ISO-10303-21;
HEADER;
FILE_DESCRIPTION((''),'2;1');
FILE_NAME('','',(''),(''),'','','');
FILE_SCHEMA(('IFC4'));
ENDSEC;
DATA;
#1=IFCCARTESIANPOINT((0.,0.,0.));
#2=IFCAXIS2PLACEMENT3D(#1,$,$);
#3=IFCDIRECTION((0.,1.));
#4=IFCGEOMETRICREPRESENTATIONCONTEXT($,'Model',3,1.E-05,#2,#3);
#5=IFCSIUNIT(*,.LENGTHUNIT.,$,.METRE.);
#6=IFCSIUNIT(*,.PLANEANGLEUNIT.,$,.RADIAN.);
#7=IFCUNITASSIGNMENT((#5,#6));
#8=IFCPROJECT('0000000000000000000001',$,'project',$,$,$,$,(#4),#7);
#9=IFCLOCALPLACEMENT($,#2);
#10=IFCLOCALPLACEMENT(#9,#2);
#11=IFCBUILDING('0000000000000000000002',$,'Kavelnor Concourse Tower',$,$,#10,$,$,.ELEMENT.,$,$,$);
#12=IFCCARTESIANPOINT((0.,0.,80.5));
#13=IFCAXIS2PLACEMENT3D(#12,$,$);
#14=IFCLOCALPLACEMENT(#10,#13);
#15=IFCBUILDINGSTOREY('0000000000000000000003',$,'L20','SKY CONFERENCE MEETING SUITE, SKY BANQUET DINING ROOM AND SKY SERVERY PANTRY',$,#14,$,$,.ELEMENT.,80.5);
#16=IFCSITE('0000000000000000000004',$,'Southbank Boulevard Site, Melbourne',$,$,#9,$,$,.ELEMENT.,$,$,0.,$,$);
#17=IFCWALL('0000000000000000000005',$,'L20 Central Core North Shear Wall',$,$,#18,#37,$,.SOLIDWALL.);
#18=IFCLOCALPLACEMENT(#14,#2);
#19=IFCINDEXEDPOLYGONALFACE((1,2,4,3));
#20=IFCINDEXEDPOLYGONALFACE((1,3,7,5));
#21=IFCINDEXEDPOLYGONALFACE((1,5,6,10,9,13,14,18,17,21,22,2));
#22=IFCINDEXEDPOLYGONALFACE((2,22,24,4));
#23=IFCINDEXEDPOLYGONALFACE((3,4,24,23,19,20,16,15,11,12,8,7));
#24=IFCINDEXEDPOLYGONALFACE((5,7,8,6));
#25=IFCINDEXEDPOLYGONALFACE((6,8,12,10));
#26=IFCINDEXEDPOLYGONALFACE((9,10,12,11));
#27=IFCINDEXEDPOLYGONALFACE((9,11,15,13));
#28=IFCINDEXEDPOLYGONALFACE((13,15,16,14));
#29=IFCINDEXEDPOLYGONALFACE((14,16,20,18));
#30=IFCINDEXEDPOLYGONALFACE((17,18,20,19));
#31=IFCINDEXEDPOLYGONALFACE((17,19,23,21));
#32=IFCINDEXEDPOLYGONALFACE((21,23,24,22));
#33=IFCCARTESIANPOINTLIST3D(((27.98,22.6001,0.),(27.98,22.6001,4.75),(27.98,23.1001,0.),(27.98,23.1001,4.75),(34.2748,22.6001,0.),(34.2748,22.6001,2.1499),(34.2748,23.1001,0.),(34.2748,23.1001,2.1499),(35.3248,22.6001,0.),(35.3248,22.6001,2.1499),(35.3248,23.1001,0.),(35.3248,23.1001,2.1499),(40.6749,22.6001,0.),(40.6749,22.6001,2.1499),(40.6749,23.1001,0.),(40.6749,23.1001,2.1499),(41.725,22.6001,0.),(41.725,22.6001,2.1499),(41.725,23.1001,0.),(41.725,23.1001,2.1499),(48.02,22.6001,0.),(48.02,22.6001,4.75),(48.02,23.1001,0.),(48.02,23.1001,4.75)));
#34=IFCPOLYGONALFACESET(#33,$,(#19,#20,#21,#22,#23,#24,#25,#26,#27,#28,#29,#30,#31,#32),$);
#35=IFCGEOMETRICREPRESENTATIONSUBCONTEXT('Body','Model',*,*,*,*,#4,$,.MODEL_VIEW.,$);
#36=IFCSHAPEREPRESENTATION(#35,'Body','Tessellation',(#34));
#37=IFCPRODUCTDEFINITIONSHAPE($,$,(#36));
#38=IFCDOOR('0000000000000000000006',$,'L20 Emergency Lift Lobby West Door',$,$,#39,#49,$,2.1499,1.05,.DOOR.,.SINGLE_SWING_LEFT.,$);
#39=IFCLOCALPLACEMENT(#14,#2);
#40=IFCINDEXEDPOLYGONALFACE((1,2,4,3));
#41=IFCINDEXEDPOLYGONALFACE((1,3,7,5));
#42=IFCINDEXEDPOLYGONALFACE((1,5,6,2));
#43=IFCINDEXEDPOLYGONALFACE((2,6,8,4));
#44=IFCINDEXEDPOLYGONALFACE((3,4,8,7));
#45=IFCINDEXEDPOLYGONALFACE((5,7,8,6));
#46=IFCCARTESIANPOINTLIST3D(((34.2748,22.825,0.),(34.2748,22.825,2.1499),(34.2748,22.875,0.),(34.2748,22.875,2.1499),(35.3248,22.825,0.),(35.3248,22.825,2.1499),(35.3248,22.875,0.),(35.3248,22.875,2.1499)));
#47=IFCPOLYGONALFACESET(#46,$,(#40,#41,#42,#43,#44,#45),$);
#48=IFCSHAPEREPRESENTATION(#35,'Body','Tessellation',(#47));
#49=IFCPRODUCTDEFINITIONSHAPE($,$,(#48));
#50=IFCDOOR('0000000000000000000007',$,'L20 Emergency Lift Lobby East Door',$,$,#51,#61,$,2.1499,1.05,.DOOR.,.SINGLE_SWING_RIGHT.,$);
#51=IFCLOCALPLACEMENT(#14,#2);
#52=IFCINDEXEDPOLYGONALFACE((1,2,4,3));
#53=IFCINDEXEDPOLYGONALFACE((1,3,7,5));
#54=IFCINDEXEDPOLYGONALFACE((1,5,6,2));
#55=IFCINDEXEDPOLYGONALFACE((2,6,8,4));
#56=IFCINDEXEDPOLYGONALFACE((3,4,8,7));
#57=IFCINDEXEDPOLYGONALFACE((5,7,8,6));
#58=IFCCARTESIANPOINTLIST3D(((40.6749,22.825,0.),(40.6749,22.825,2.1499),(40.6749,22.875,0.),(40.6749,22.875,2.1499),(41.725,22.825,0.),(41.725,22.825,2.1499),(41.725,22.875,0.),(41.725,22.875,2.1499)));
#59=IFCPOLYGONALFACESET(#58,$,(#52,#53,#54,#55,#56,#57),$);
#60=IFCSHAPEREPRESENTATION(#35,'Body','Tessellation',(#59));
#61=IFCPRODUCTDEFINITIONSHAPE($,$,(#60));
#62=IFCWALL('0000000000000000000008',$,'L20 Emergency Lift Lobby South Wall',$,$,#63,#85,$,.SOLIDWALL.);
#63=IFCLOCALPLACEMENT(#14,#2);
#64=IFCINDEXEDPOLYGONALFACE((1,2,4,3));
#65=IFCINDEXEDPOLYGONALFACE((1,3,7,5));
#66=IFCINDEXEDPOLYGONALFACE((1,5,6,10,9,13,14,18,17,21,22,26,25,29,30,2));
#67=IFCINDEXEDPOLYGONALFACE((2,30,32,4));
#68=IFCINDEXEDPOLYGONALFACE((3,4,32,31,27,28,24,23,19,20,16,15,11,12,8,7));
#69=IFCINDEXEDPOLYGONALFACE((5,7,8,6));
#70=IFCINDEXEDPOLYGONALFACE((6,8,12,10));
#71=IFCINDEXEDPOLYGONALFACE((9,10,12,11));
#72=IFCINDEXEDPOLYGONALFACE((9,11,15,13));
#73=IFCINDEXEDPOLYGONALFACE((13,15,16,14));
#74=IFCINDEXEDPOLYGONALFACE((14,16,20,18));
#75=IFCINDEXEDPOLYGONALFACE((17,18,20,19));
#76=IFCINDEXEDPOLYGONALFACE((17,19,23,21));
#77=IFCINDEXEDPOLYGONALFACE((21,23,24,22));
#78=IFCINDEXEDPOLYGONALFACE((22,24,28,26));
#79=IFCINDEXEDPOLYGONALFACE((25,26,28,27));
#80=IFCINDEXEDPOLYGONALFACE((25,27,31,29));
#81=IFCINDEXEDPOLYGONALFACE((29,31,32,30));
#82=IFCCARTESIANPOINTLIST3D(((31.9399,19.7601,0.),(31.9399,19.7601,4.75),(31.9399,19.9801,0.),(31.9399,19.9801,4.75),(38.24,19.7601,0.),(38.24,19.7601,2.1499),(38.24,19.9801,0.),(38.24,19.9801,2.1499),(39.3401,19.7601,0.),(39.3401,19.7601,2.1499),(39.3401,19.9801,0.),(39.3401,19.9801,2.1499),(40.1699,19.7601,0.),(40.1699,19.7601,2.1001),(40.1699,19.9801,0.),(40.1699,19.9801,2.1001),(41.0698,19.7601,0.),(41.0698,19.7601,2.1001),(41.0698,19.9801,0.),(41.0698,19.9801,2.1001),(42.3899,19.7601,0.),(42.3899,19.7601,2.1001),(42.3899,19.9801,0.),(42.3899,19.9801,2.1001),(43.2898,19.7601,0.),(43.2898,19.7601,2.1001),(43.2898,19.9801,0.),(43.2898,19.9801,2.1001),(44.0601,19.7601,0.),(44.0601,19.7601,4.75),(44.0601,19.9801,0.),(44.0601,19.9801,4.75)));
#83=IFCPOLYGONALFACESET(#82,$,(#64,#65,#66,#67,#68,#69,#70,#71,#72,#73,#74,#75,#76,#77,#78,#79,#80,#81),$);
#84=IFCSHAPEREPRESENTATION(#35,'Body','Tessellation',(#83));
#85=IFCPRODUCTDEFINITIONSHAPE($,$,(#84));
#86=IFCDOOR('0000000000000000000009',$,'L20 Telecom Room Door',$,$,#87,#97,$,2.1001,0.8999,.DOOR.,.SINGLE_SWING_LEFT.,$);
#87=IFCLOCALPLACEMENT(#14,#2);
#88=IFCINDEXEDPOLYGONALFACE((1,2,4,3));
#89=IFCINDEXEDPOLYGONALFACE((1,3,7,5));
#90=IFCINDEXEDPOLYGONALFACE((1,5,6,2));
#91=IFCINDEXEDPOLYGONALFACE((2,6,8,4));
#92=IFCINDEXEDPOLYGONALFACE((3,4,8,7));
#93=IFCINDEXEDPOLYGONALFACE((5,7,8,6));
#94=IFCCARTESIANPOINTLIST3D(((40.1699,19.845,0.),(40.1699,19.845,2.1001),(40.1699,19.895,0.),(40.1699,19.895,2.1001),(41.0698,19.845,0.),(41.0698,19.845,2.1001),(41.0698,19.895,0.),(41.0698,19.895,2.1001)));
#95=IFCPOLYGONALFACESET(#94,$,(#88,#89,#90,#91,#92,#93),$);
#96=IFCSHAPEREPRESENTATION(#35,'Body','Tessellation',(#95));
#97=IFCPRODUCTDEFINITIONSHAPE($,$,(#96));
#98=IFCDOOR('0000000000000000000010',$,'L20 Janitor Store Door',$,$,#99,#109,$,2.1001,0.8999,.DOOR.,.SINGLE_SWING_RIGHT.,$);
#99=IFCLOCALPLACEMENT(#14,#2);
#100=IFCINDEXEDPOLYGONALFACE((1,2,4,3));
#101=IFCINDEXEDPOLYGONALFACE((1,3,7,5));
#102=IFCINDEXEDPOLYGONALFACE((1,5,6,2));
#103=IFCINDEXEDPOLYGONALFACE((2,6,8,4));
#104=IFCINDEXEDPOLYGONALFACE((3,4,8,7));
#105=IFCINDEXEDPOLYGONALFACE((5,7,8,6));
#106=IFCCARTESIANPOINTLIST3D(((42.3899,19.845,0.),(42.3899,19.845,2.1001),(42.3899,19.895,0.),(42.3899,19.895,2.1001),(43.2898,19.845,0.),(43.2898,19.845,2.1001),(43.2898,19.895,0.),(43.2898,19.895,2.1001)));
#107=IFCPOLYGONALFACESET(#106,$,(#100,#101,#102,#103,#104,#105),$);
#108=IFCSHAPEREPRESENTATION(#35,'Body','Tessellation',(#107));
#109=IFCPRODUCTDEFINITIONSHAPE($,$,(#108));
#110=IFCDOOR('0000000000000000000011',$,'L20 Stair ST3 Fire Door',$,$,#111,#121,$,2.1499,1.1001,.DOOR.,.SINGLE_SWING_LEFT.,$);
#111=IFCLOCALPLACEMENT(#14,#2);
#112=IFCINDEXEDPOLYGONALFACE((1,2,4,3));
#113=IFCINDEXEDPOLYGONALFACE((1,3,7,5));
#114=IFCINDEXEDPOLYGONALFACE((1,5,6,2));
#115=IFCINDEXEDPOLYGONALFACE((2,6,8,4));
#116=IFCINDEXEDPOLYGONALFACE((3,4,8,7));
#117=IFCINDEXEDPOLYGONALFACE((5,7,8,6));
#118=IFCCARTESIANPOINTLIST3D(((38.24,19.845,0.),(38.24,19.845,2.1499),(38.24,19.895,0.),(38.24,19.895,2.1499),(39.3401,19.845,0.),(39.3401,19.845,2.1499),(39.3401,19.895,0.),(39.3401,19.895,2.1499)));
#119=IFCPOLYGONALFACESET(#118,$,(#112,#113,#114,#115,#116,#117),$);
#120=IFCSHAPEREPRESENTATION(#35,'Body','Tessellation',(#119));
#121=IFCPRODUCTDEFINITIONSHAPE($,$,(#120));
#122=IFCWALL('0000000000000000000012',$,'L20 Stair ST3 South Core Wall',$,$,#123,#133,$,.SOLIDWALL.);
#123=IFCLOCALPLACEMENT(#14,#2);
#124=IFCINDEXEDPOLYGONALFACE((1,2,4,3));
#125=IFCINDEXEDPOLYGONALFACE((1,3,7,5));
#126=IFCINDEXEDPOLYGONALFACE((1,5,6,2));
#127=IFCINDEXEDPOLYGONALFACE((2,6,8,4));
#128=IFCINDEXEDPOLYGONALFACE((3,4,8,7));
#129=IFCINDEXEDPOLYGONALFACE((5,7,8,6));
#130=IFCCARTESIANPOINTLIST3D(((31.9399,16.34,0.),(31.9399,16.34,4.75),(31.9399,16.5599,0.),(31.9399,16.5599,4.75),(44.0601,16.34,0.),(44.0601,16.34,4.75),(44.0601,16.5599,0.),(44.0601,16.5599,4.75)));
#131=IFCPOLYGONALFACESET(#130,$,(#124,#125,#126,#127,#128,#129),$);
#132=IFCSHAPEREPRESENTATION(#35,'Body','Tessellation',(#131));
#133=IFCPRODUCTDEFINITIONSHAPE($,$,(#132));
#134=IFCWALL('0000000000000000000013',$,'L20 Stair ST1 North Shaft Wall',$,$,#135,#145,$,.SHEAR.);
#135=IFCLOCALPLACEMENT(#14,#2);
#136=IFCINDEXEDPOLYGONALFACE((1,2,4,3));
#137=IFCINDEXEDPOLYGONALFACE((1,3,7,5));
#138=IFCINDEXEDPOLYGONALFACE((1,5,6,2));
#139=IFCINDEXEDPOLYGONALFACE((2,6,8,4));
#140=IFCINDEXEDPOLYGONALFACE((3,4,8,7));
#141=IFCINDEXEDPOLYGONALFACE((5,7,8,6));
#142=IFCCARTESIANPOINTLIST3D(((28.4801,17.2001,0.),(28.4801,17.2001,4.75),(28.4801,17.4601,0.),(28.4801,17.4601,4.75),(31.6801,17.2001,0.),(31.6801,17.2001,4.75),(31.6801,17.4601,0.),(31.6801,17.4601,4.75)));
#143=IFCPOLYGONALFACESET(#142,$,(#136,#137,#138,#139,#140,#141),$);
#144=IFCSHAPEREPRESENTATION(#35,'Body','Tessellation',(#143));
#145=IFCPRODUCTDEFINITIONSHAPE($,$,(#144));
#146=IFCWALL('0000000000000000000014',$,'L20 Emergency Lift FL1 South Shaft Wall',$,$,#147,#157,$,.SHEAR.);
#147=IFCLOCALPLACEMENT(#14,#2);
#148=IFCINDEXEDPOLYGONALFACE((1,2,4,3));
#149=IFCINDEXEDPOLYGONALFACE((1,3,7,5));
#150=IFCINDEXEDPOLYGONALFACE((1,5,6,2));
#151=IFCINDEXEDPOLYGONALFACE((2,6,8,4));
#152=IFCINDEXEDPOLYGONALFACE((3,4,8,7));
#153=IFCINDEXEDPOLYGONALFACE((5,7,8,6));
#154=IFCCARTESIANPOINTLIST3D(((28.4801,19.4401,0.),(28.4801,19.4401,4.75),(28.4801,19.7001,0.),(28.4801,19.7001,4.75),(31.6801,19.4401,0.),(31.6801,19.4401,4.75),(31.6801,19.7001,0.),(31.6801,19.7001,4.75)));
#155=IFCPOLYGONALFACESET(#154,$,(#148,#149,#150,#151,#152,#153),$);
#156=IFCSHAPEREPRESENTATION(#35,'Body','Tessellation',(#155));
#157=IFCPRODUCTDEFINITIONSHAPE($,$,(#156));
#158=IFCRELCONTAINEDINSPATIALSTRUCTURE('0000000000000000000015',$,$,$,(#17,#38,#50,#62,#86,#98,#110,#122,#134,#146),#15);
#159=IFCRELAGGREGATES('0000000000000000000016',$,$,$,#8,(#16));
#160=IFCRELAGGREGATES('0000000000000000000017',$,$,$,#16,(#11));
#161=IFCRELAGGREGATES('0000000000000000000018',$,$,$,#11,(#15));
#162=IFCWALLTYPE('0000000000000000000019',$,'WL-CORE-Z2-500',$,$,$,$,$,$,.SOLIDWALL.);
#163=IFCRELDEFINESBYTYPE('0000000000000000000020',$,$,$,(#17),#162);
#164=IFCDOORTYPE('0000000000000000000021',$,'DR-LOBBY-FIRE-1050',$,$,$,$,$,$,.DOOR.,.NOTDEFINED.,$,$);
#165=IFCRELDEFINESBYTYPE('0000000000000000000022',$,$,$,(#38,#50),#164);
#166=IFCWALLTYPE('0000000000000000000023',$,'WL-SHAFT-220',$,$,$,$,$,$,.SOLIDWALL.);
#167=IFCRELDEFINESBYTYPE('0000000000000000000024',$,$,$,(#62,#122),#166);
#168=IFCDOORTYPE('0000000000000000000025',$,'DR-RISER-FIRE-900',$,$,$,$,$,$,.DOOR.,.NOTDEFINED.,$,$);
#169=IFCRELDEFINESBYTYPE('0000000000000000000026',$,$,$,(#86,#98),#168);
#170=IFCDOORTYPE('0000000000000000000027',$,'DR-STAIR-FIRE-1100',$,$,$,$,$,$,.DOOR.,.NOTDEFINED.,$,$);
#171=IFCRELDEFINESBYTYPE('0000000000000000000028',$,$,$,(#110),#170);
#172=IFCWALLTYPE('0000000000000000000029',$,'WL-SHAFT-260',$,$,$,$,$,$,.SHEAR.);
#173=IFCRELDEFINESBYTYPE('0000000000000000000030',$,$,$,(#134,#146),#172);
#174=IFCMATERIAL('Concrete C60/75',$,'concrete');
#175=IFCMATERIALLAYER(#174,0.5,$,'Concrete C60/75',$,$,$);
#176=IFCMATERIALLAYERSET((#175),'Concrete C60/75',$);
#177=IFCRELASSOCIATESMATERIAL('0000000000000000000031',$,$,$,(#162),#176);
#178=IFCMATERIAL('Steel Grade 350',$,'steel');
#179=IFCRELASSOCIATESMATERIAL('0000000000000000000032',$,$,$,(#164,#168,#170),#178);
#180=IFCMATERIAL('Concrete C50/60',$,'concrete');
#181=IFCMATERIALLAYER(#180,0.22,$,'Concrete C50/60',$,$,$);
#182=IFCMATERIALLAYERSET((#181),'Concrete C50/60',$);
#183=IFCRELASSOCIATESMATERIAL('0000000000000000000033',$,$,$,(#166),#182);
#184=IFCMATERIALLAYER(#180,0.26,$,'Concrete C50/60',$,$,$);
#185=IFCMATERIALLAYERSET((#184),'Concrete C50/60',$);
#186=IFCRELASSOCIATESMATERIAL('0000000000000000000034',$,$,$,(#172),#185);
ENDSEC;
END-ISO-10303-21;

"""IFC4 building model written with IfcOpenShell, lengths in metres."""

from ifc_helpers import new_model, si_unit, direction, frame, frame_2d, origin, place, context, subcontext, project, spatial, rectangle, extrude, material, layer, layer_set, type_object, element, fill, save


model = new_model("IFC4")

# Units and contexts
model_context = context("Model", 3, precision=1e-05, world=origin(), true_north=direction((0.0, 1.0)))
body_context = subcontext(model_context, "Body", "Model", "MODEL_VIEW")
ifc_project = project(units=[si_unit("LENGTHUNIT", "METRE"), si_unit("PLANEANGLEUNIT", "RADIAN")], contexts=[model_context])

# Site, building, storey
site_placement = place(None, origin())
site = spatial("IfcSite", under=ifc_project, at=site_placement, Name="Southbank Boulevard Site, Melbourne", CompositionType="ELEMENT", RefElevation=0.0)
building_placement = place(site_placement, origin())
building = spatial("IfcBuilding", under=site, at=building_placement, Name="Kavelnor Concourse Tower", CompositionType="ELEMENT")
storey_placement = place(building_placement, frame((0.0, 0.0, 80.5)))
storey = spatial("IfcBuildingStorey", under=building, at=storey_placement, Name="L20", Description="SKY CONFERENCE MEETING SUITE, SKY BANQUET DINING ROOM AND SKY SERVERY PANTRY", CompositionType="ELEMENT", Elevation=80.5)

# Shared definitions
ifc_material_1 = material(Name="Steel Grade 350", Category="steel")

# Walls, openings, doors
ifc_material_2 = material(Name="Concrete C60/75", Category="concrete")
ifc_layer_1 = layer(ifc_material_2, 0.5, Name="Concrete C60/75")
ifc_layer_set_1 = layer_set([ifc_layer_1], Name="Concrete C60/75")
wall_type_1 = type_object("IfcWallType", Name="WL-CORE-Z2-500", PredefinedType="SOLIDWALL", material=ifc_layer_set_1)
wall_1_placement = place(storey_placement, frame((27.98, 22.8501, 0.0), z_axis=(0.0, 0.0, 1.0), x_axis=(1.0, 0.0, 0.0)))
wall_1 = element("IfcWall", 1, at=wall_1_placement, inside=storey, type_object=wall_type_1, Name="L20 Central Core North Shear Wall", PredefinedType="SOLIDWALL", context=body_context, shape_type="SweptSolid", body=[
    extrude(rectangle(XDim=20.04, YDim=0.5, at=frame_2d((10.02, 0.0))), origin(), (0.0, 0.0, 1.0), 4.75),
])
opening_1_placement = place(wall_1_placement, frame((6.2949, 0.0, 0.0)))
opening_1 = element("IfcOpeningElement", 2, at=opening_1_placement, cuts=wall_1, PredefinedType="OPENING", context=body_context, shape_type="SweptSolid", body=[
    extrude(rectangle(XDim=1.05, YDim=2.1499, at=frame_2d((0.5249, 1.075))), frame((0.0, 0.26, 0.0), z_axis=(0.0, -1.0, 0.0), x_axis=(1.0, 0.0, 0.0)), (0.0, 0.0, 1.0), 0.52),
])
opening_2_placement = place(wall_1_placement, frame((12.6951, 0.0, 0.0)))
opening_2 = element("IfcOpeningElement", 3, at=opening_2_placement, cuts=wall_1, PredefinedType="OPENING", context=body_context, shape_type="SweptSolid", body=[
    extrude(rectangle(XDim=1.05, YDim=2.1499, at=frame_2d((0.5249, 1.075))), frame((0.0, 0.26, 0.0), z_axis=(0.0, -1.0, 0.0), x_axis=(1.0, 0.0, 0.0)), (0.0, 0.0, 1.0), 0.52),
])
door_type_1 = type_object("IfcDoorType", Name="DR-LOBBY-FIRE-1050", OperationType="NOTDEFINED", PredefinedType="DOOR", material=ifc_material_1)
door_1_placement = place(opening_1_placement, origin())
door_1 = element("IfcDoor", 4, at=door_1_placement, inside=storey, type_object=door_type_1, Name="L20 Emergency Lift Lobby West Door", OperationType="SINGLE_SWING_LEFT", OverallHeight=2.1499, OverallWidth=1.05, PredefinedType="DOOR", context=body_context, shape_type="SweptSolid", body=[
    extrude(rectangle(XDim=1.05, YDim=2.1499, at=frame_2d((0.5249, 1.075))), frame((0.0, 0.0249, 0.0), z_axis=(0.0, -1.0, 0.0), x_axis=(1.0, 0.0, 0.0)), (0.0, 0.0, 1.0), 0.05),
])
fill(opening_1, door_1)
door_2_placement = place(opening_2_placement, origin())
door_2 = element("IfcDoor", 5, at=door_2_placement, inside=storey, type_object=door_type_1, Name="L20 Emergency Lift Lobby East Door", OperationType="SINGLE_SWING_RIGHT", OverallHeight=2.1499, OverallWidth=1.05, PredefinedType="DOOR", context=body_context, shape_type="SweptSolid", body=[
    extrude(rectangle(XDim=1.05, YDim=2.1499, at=frame_2d((0.5249, 1.075))), frame((0.0, 0.0249, 0.0), z_axis=(0.0, -1.0, 0.0), x_axis=(1.0, 0.0, 0.0)), (0.0, 0.0, 1.0), 0.05),
])
fill(opening_2, door_2)
ifc_material_3 = material(Name="Concrete C50/60", Category="concrete")
ifc_layer_2 = layer(ifc_material_3, 0.22, Name="Concrete C50/60")
ifc_layer_set_2 = layer_set([ifc_layer_2], Name="Concrete C50/60")
wall_type_2 = type_object("IfcWallType", Name="WL-SHAFT-220", PredefinedType="SOLIDWALL", material=ifc_layer_set_2)
wall_2_placement = place(storey_placement, frame((31.9399, 19.8701, 0.0), z_axis=(0.0, 0.0, 1.0), x_axis=(1.0, 0.0, 0.0)))
wall_2 = element("IfcWall", 6, at=wall_2_placement, inside=storey, type_object=wall_type_2, Name="L20 Emergency Lift Lobby South Wall", PredefinedType="SOLIDWALL", context=body_context, shape_type="SweptSolid", body=[
    extrude(rectangle(XDim=12.1201, YDim=0.22, at=frame_2d((6.0601, 0.0))), origin(), (0.0, 0.0, 1.0), 4.75),
])
opening_3_placement = place(wall_2_placement, frame((6.3, 0.0, 0.0)))
opening_3 = element("IfcOpeningElement", 7, at=opening_3_placement, cuts=wall_2, PredefinedType="OPENING", context=body_context, shape_type="SweptSolid", body=[
    extrude(rectangle(XDim=1.1001, YDim=2.1499, at=frame_2d((0.55, 1.075))), frame((0.0, 0.1201, 0.0), z_axis=(0.0, -1.0, 0.0), x_axis=(1.0, 0.0, 0.0)), (0.0, 0.0, 1.0), 0.24),
])
opening_4_placement = place(wall_2_placement, frame((8.23, 0.0, 0.0)))
opening_4 = element("IfcOpeningElement", 8, at=opening_4_placement, cuts=wall_2, PredefinedType="OPENING", context=body_context, shape_type="SweptSolid", body=[
    extrude(rectangle(XDim=0.8999, YDim=2.1001, at=frame_2d((0.45, 1.05))), frame((0.0, 0.1201, 0.0), z_axis=(0.0, -1.0, 0.0), x_axis=(1.0, 0.0, 0.0)), (0.0, 0.0, 1.0), 0.24),
])
opening_5_placement = place(wall_2_placement, frame((10.45, 0.0, 0.0)))
opening_5 = element("IfcOpeningElement", 9, at=opening_5_placement, cuts=wall_2, PredefinedType="OPENING", context=body_context, shape_type="SweptSolid", body=[
    extrude(rectangle(XDim=0.8999, YDim=2.1001, at=frame_2d((0.45, 1.05))), frame((0.0, 0.1201, 0.0), z_axis=(0.0, -1.0, 0.0), x_axis=(1.0, 0.0, 0.0)), (0.0, 0.0, 1.0), 0.24),
])
door_type_2 = type_object("IfcDoorType", Name="DR-RISER-FIRE-900", OperationType="NOTDEFINED", PredefinedType="DOOR", material=ifc_material_1)
door_3_placement = place(opening_4_placement, origin())
door_3 = element("IfcDoor", 10, at=door_3_placement, inside=storey, type_object=door_type_2, Name="L20 Telecom Room Door", OperationType="SINGLE_SWING_LEFT", OverallHeight=2.1001, OverallWidth=0.8999, PredefinedType="DOOR", context=body_context, shape_type="SweptSolid", body=[
    extrude(rectangle(XDim=0.8999, YDim=2.1001, at=frame_2d((0.45, 1.05))), frame((0.0, 0.0249, 0.0), z_axis=(0.0, -1.0, 0.0), x_axis=(1.0, 0.0, 0.0)), (0.0, 0.0, 1.0), 0.05),
])
fill(opening_4, door_3)
door_4_placement = place(opening_5_placement, origin())
door_4 = element("IfcDoor", 11, at=door_4_placement, inside=storey, type_object=door_type_2, Name="L20 Janitor Store Door", OperationType="SINGLE_SWING_RIGHT", OverallHeight=2.1001, OverallWidth=0.8999, PredefinedType="DOOR", context=body_context, shape_type="SweptSolid", body=[
    extrude(rectangle(XDim=0.8999, YDim=2.1001, at=frame_2d((0.45, 1.05))), frame((0.0, 0.0249, 0.0), z_axis=(0.0, -1.0, 0.0), x_axis=(1.0, 0.0, 0.0)), (0.0, 0.0, 1.0), 0.05),
])
fill(opening_5, door_4)
door_type_3 = type_object("IfcDoorType", Name="DR-STAIR-FIRE-1100", OperationType="NOTDEFINED", PredefinedType="DOOR", material=ifc_material_1)
door_5_placement = place(opening_3_placement, origin())
door_5 = element("IfcDoor", 12, at=door_5_placement, inside=storey, type_object=door_type_3, Name="L20 Stair ST3 Fire Door", OperationType="SINGLE_SWING_LEFT", OverallHeight=2.1499, OverallWidth=1.1001, PredefinedType="DOOR", context=body_context, shape_type="SweptSolid", body=[
    extrude(rectangle(XDim=1.1001, YDim=2.1499, at=frame_2d((0.55, 1.075))), frame((0.0, 0.0249, 0.0), z_axis=(0.0, -1.0, 0.0), x_axis=(1.0, 0.0, 0.0)), (0.0, 0.0, 1.0), 0.05),
])
fill(opening_3, door_5)

# Walls
wall_3_placement = place(storey_placement, frame((31.9399, 16.45, 0.0), z_axis=(0.0, 0.0, 1.0), x_axis=(1.0, 0.0, 0.0)))
element("IfcWall", 13, at=wall_3_placement, inside=storey, type_object=wall_type_2, Name="L20 Stair ST3 South Core Wall", PredefinedType="SOLIDWALL", context=body_context, shape_type="SweptSolid", body=[
    extrude(rectangle(XDim=12.1201, YDim=0.22, at=frame_2d((6.0601, 0.0))), origin(), (0.0, 0.0, 1.0), 4.75),
])
ifc_layer_3 = layer(ifc_material_3, 0.26, Name="Concrete C50/60")
ifc_layer_set_3 = layer_set([ifc_layer_3], Name="Concrete C50/60")
wall_type_3 = type_object("IfcWallType", Name="WL-SHAFT-260", PredefinedType="SHEAR", material=ifc_layer_set_3)
for number, where, z_axis, x_axis, name in (
    (14, (28.48, 17.3301, 0.0), (0.0, 0.0, 1.0), (1.0, 0.0, 0.0), "L20 Stair ST1 North Shaft Wall"),
    (15, (28.48, 19.5701, 0.0), (0.0, 0.0, 1.0), (1.0, 0.0, 0.0), "L20 Emergency Lift FL1 South Shaft Wall"),
):
    element("IfcWall", number, at=place(storey_placement, frame(where, z_axis=z_axis, x_axis=x_axis)), inside=storey, type_object=wall_type_3, Name=name, PredefinedType="SHEAR", context=body_context, shape_type="SweptSolid", body=[
        extrude(rectangle(XDim=3.2, YDim=0.26, at=frame_2d((1.6001, 0.0))), origin(), (0.0, 0.0, 1.0), 4.75),
    ])

save(model, "model.ifc")
